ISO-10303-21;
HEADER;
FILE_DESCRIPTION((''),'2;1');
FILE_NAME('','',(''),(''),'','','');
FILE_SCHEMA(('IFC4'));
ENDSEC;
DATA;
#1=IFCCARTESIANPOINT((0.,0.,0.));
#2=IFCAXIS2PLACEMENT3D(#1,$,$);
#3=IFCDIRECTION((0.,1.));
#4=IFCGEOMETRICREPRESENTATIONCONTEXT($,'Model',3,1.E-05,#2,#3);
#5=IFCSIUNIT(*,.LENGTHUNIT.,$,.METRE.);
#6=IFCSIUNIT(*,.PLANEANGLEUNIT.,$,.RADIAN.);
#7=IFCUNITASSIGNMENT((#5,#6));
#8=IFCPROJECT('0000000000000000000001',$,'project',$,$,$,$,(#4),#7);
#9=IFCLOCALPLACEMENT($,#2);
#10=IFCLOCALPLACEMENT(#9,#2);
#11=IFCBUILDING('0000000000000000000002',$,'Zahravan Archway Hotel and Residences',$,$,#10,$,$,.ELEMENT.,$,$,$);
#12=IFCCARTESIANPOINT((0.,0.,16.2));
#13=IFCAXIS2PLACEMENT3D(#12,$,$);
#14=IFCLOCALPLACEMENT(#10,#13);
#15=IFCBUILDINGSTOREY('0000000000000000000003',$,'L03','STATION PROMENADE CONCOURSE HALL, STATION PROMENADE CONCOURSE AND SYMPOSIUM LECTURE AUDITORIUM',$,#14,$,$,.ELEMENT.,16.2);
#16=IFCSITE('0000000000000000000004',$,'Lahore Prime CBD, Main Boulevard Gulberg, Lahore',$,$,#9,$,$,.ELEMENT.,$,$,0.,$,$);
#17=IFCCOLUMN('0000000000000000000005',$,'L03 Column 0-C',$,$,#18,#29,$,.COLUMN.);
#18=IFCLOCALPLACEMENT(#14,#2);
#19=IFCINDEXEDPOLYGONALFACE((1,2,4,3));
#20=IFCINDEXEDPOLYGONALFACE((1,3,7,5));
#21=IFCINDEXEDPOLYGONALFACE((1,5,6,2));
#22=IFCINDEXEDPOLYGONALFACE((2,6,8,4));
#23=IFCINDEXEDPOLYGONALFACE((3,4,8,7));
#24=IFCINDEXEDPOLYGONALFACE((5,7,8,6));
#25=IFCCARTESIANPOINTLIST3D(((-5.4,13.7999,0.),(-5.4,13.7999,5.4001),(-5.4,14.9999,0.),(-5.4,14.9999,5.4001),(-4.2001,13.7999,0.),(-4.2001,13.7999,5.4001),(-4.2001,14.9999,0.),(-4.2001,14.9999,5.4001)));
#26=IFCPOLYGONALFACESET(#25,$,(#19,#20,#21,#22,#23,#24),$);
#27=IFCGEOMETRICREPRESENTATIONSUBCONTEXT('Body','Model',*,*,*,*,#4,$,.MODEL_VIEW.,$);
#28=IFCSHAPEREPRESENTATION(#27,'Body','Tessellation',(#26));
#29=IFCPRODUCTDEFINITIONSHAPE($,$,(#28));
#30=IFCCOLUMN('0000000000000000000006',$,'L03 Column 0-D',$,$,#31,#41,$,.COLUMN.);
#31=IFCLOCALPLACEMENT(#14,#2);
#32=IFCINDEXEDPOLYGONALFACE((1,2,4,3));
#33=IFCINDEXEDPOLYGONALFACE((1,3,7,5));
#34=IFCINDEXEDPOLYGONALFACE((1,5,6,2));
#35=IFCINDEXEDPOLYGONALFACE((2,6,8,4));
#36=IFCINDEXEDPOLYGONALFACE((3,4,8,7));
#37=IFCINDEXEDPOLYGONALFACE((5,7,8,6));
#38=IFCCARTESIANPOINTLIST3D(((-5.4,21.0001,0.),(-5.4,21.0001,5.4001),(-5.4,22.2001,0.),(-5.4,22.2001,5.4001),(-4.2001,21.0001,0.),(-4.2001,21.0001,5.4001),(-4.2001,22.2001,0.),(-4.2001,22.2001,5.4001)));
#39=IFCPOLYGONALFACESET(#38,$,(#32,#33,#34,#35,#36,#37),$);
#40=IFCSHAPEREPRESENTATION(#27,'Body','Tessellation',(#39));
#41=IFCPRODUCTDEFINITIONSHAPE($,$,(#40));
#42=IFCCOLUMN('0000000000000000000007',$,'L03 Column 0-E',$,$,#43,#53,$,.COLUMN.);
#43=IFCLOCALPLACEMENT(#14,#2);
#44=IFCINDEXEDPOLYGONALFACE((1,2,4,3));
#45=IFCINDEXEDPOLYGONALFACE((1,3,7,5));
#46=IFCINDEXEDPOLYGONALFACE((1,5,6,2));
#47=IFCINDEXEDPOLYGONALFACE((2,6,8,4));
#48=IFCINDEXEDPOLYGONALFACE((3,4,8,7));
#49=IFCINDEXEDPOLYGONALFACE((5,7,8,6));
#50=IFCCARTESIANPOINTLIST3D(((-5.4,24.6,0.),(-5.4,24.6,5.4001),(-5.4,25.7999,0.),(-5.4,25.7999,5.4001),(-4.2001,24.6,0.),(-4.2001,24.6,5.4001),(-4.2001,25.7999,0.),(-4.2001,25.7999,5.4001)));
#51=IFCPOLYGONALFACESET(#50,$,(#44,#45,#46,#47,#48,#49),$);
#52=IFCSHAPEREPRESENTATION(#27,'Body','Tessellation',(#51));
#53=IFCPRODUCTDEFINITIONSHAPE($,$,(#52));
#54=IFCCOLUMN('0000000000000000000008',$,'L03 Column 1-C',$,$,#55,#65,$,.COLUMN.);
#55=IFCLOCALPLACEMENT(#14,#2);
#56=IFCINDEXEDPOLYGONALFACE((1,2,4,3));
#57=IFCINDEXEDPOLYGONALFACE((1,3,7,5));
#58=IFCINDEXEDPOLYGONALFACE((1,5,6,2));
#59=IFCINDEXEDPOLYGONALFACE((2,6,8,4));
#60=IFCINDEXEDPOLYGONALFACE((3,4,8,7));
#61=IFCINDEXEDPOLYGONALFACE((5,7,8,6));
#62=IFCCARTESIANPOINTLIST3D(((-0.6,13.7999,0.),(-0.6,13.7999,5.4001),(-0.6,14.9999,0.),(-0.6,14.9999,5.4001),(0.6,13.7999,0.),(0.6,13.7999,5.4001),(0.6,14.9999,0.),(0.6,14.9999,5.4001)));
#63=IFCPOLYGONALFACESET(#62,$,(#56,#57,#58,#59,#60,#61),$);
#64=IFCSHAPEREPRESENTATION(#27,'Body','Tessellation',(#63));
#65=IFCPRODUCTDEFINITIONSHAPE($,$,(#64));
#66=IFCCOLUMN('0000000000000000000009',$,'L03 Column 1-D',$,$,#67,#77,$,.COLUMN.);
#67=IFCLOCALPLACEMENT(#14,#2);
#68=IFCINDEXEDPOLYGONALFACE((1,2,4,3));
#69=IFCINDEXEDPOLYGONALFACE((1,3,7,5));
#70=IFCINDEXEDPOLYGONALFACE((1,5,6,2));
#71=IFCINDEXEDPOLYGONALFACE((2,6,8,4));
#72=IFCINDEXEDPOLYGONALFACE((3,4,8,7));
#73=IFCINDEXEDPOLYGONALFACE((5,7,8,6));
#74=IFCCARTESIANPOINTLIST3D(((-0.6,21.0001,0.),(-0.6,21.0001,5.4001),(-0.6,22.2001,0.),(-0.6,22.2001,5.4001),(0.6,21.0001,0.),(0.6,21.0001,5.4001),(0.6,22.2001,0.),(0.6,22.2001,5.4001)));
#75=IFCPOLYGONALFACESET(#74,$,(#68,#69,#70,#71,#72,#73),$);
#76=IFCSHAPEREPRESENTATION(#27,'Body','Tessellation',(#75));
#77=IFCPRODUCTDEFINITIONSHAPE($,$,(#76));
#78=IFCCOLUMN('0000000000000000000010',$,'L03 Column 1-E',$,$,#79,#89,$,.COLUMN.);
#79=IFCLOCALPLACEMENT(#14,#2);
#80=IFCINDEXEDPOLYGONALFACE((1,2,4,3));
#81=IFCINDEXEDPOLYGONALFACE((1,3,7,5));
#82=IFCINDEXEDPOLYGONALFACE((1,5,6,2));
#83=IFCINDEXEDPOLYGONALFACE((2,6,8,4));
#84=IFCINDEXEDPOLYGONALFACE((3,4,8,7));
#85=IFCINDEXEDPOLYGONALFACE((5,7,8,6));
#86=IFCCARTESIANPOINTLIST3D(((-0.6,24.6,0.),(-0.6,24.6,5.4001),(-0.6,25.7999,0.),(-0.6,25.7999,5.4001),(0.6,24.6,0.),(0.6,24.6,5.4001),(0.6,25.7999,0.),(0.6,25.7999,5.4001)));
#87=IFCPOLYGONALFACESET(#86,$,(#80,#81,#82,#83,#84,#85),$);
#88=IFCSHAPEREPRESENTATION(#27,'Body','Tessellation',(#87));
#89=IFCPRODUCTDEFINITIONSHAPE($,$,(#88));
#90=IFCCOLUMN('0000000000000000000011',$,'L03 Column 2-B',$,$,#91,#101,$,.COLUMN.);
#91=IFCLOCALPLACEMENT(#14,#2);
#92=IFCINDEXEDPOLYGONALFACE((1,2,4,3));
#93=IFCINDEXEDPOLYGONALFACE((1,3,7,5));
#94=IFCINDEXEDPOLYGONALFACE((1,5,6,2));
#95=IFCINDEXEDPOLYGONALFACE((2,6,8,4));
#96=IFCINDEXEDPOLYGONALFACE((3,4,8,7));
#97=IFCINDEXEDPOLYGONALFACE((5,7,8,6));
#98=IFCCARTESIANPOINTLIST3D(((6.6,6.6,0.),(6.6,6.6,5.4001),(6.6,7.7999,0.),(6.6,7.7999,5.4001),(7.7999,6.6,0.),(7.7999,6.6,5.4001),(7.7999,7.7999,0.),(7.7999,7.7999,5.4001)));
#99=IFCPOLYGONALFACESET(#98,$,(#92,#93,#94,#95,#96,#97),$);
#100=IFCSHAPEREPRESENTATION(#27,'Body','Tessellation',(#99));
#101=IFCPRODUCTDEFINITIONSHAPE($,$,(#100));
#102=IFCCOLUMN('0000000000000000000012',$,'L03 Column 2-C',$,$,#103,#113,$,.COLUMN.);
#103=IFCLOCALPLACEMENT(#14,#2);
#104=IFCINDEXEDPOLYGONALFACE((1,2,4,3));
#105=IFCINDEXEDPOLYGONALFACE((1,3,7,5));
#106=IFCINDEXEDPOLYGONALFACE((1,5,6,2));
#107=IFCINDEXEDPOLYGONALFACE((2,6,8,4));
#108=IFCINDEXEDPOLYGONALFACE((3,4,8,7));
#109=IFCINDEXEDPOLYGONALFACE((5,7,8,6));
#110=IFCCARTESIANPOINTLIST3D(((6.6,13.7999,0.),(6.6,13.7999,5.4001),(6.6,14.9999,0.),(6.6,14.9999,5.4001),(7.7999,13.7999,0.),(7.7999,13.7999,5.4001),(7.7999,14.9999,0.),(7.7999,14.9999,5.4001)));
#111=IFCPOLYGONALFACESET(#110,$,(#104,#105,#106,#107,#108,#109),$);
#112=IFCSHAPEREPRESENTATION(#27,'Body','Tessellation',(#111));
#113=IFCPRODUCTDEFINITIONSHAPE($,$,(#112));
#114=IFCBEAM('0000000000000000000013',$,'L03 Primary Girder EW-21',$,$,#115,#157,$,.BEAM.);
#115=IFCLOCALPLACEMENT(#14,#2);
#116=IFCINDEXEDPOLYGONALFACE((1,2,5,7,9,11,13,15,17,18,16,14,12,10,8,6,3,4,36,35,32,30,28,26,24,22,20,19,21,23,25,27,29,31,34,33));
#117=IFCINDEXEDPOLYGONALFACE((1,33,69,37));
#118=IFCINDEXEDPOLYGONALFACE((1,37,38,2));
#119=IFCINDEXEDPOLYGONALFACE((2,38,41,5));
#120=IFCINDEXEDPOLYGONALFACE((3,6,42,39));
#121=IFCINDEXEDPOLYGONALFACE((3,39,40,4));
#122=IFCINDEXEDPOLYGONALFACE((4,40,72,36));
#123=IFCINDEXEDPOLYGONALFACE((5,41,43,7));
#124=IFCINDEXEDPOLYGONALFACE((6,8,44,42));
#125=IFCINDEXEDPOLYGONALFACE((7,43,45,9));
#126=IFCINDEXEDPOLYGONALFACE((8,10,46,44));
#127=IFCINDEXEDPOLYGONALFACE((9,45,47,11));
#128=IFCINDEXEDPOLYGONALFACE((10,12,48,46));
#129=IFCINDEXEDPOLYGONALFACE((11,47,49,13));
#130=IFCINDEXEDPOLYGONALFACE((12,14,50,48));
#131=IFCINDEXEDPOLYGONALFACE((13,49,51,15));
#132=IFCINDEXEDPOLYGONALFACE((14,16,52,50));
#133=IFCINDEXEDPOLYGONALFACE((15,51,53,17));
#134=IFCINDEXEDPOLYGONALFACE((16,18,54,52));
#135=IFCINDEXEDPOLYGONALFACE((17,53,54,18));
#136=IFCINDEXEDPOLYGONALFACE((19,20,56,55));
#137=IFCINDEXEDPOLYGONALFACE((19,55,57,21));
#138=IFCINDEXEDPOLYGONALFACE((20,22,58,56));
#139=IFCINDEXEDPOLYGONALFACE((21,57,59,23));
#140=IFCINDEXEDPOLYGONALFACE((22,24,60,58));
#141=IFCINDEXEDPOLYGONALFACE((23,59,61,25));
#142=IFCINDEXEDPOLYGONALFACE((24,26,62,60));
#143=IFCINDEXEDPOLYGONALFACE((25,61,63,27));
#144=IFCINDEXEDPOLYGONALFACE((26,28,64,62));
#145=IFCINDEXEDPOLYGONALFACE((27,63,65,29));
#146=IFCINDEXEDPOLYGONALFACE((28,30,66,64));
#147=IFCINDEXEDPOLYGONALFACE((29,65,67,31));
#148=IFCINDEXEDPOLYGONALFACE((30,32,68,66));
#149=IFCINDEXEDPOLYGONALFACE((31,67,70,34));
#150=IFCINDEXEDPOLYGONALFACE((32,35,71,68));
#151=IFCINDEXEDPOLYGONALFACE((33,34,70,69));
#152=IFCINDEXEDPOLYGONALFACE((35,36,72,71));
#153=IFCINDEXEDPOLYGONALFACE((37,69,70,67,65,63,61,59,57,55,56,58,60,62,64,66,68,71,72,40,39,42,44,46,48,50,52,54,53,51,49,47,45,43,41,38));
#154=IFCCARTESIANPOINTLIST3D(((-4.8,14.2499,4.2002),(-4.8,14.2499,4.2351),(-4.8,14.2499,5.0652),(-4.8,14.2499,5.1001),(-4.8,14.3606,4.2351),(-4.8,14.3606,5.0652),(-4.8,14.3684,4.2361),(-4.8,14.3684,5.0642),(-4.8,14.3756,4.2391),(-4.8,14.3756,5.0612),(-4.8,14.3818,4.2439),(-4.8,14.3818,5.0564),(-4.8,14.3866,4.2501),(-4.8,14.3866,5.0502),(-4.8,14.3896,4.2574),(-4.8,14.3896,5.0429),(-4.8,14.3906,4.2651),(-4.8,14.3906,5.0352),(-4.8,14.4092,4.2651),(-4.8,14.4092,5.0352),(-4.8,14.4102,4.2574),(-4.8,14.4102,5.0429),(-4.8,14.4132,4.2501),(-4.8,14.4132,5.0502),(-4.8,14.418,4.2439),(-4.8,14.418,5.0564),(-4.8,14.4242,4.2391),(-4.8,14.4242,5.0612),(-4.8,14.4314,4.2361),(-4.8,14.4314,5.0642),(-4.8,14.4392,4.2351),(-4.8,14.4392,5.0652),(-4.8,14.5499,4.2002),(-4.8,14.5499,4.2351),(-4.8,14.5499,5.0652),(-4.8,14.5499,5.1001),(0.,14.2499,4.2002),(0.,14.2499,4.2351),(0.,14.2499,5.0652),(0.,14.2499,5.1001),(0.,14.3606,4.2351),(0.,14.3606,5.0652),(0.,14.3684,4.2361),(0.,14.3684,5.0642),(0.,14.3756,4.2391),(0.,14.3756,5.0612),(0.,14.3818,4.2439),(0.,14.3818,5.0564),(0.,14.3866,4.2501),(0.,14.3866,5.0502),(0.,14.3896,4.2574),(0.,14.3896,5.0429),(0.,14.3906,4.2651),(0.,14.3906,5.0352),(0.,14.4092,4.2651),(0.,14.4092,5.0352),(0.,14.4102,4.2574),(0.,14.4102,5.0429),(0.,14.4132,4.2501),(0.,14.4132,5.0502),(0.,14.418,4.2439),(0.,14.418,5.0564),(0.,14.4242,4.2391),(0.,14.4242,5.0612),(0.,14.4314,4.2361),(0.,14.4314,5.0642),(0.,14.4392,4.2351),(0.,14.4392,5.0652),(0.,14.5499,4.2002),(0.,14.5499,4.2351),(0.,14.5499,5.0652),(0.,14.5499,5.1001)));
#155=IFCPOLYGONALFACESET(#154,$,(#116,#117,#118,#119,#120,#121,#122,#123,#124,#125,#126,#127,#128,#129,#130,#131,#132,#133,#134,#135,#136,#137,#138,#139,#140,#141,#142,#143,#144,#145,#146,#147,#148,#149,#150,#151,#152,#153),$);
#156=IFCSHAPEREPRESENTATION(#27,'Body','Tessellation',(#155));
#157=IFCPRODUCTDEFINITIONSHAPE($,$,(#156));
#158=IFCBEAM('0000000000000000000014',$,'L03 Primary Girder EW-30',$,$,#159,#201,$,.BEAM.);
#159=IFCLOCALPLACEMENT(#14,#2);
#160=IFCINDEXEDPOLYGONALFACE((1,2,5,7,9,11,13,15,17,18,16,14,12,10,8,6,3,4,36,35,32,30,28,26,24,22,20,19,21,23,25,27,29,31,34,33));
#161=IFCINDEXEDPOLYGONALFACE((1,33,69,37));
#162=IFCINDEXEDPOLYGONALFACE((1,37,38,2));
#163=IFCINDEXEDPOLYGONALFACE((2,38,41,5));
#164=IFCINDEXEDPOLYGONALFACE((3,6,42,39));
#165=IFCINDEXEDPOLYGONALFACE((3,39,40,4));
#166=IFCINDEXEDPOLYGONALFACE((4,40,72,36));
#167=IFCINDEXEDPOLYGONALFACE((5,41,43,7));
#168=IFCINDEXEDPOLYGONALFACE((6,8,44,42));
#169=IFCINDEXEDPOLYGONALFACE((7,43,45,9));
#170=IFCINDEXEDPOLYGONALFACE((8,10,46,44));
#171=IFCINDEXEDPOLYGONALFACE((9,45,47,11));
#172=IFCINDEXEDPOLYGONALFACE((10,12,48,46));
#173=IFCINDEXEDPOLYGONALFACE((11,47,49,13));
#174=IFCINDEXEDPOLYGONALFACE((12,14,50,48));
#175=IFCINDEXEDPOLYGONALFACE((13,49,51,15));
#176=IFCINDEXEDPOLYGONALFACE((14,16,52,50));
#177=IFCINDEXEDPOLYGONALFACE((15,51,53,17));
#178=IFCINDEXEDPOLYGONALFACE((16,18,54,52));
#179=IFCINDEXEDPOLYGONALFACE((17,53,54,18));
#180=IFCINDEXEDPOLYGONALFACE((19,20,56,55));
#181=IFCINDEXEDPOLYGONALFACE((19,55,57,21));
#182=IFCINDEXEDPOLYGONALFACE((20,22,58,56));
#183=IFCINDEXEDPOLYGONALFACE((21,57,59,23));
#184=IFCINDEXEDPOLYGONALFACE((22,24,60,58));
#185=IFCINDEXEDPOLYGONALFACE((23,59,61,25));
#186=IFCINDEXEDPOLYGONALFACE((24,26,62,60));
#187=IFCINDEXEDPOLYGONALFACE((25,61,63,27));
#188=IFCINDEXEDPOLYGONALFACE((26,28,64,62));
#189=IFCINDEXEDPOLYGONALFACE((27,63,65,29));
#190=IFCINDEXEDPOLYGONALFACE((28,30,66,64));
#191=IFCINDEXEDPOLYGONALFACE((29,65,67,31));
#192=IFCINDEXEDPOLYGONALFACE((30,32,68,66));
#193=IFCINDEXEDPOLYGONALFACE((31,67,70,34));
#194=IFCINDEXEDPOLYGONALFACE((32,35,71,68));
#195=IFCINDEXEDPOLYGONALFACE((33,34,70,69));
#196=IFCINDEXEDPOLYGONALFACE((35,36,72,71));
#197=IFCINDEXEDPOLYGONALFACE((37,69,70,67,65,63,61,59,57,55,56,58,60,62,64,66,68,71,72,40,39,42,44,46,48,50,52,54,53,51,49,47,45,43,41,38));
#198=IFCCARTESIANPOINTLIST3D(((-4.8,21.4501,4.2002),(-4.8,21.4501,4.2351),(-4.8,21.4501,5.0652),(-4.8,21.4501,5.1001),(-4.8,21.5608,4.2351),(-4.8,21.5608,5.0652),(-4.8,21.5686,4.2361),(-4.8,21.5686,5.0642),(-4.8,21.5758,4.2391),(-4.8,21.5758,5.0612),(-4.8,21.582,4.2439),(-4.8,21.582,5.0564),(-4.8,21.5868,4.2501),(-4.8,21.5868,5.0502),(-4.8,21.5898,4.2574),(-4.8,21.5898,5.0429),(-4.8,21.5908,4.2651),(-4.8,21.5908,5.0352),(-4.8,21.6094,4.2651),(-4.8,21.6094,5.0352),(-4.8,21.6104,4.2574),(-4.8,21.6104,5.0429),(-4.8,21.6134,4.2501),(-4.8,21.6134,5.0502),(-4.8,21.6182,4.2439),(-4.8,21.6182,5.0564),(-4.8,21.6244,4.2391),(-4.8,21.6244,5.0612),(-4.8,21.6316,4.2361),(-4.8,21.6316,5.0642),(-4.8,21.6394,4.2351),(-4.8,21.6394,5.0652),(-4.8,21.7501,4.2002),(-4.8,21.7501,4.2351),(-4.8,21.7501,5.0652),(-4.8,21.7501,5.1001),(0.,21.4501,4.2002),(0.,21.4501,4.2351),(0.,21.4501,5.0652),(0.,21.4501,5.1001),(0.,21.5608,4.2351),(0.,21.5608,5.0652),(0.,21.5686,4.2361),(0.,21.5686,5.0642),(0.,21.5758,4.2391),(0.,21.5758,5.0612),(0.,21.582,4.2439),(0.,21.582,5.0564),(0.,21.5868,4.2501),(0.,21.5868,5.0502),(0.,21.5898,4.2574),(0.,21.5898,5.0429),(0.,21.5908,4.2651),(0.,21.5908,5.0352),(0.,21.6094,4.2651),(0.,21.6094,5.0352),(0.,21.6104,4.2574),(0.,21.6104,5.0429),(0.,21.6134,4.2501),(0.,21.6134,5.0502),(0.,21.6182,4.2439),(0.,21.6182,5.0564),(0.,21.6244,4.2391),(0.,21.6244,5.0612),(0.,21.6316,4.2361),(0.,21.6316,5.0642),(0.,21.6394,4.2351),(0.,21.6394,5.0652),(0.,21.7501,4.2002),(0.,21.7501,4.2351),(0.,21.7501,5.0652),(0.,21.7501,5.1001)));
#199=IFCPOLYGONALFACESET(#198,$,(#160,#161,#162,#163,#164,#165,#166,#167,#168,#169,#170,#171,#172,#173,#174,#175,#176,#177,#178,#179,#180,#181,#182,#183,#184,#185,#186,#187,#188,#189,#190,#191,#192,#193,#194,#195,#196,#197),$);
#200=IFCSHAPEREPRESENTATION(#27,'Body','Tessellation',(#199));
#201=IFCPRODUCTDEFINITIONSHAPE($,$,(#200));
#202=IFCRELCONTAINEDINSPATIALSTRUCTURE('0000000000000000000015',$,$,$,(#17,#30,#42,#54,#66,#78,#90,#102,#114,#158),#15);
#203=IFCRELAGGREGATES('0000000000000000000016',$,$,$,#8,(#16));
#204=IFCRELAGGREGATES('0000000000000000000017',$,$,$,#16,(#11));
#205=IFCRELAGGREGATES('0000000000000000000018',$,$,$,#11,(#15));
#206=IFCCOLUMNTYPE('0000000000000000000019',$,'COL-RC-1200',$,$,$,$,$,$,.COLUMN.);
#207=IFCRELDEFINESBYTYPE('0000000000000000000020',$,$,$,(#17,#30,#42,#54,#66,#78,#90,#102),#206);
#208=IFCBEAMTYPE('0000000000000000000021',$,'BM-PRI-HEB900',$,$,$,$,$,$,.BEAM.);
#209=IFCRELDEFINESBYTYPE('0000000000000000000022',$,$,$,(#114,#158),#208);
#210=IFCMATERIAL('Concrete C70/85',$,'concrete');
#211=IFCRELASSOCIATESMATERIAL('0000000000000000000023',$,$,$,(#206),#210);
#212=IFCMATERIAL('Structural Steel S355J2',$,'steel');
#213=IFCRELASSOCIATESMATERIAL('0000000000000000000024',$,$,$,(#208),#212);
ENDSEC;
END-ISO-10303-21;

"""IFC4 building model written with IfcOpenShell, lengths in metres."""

from ifc_helpers import new_model, si_unit, direction, frame, origin, origin_2d, place, context, subcontext, project, spatial, rectangle, i_section, extrude, source, transform, mapped, material, material_profile, profile_set, type_object, type_shapes, element, save


model = new_model("IFC4")

# Units and contexts
model_context = context("Model", 3, precision=1e-05, world=origin(), true_north=direction((0.0, 1.0)))
body_context = subcontext(model_context, "Body", "Model", "MODEL_VIEW")
ifc_project = project(units=[si_unit("LENGTHUNIT", "METRE"), si_unit("PLANEANGLEUNIT", "RADIAN")], contexts=[model_context])

# Site, building, storey
site_placement = place(None, origin())
site = spatial("IfcSite", under=ifc_project, at=site_placement, Name="Lahore Prime CBD, Main Boulevard Gulberg, Lahore", CompositionType="ELEMENT", RefElevation=0.0)
building_placement = place(site_placement, origin())
building = spatial("IfcBuilding", under=site, at=building_placement, Name="Zahravan Archway Hotel and Residences", CompositionType="ELEMENT")
storey_placement = place(building_placement, frame((0.0, 0.0, 16.2)))
storey = spatial("IfcBuildingStorey", under=building, at=storey_placement, Name="L03", Description="STATION PROMENADE CONCOURSE HALL, STATION PROMENADE CONCOURSE AND SYMPOSIUM LECTURE AUDITORIUM", CompositionType="ELEMENT", Elevation=16.2)

# Columns
ifc_material_1 = material(Name="Concrete C70/85", Category="concrete")
ifc_material_profile_1 = material_profile(ifc_material_1, rectangle(XDim=1.2, YDim=1.2, at=origin_2d()), Name="RC-COL-1200x1200", Category="concrete")
ifc_profile_set_1 = profile_set([ifc_material_profile_1], Name="Concrete C70/85")
column_type = type_object("IfcColumnType", Name="COL-RC-1200", PredefinedType="COLUMN", material=ifc_profile_set_1)
shared_shape_1 = source(origin(), body_context, "Body", "SweptSolid", [
    extrude(rectangle(XDim=1.2, YDim=1.2, at=origin_2d()), origin(), (0.0, 0.0, 1.0), 5.4001),
])
for number, where, z_axis, x_axis, name in (
    (1, (-4.8, 14.3999, 0.0), (0.0, 0.0, 1.0), (1.0, 0.0, 0.0), "L03 Column 0-C"),
    (2, (-4.8, 21.6001, 0.0), (0.0, 0.0, 1.0), (1.0, 0.0, 0.0), "L03 Column 0-D"),
    (3, (-4.8, 25.2, 0.0), (0.0, 0.0, 1.0), (1.0, 0.0, 0.0), "L03 Column 0-E"),
    (4, (0.0, 14.3999, 0.0), (0.0, 0.0, 1.0), (1.0, 0.0, 0.0), "L03 Column 1-C"),
    (5, (0.0, 21.6001, 0.0), (0.0, 0.0, 1.0), (1.0, 0.0, 0.0), "L03 Column 1-D"),
    (6, (0.0, 25.2, 0.0), (0.0, 0.0, 1.0), (1.0, 0.0, 0.0), "L03 Column 1-E"),
    (7, (7.2, 7.2, 0.0), (0.0, 0.0, 1.0), (1.0, 0.0, 0.0), "L03 Column 2-B"),
    (8, (7.2, 14.3999, 0.0), (0.0, 0.0, 1.0), (1.0, 0.0, 0.0), "L03 Column 2-C"),
):
    element("IfcColumn", number, at=place(storey_placement, frame(where, z_axis=z_axis, x_axis=x_axis)), inside=storey, type_object=column_type, Name=name, PredefinedType="COLUMN", context=body_context, shape_type="MappedRepresentation", body=[
        mapped(shared_shape_1, transform((0.0, 0.0, 0.0), scale=1.0)),
    ])

# Beams
ifc_material_2 = material(Name="Structural Steel S355J2", Category="steel")
ifc_material_profile_2 = material_profile(ifc_material_2, i_section(OverallWidth=0.3, OverallDepth=0.8999, WebThickness=0.0186, FlangeThickness=0.0349, FilletRadius=0.03, at=origin_2d()), Name="HEB 900", Category="steel")
ifc_profile_set_2 = profile_set([ifc_material_profile_2], Name="Structural Steel S355J2")
beam_type_1 = type_object("IfcBeamType", Name="BM-PRI-HEB900", PredefinedType="BEAM", material=ifc_profile_set_2)
shared_shape_2 = source(origin(), body_context, "Body", "SweptSolid", [
    extrude(i_section(OverallWidth=0.3, OverallDepth=0.8999, WebThickness=0.0186, FlangeThickness=0.0349, FilletRadius=0.03, at=origin_2d()), origin(), (0.0, 0.0, 1.0), 4.8),
])
type_shapes(beam_type_1, [shared_shape_2])
for number, where, z_axis, x_axis, name in (
    (9, (-4.8, 14.3999, 4.6501), (1.0, 0.0, 0.0), (0.0, 1.0, 0.0), "L03 Primary Girder EW-21"),
    (10, (-4.8, 21.6001, 4.6501), (1.0, 0.0, 0.0), (0.0, 1.0, 0.0), "L03 Primary Girder EW-30"),
):
    element("IfcBeam", number, at=place(storey_placement, frame(where, z_axis=z_axis, x_axis=x_axis)), inside=storey, type_object=beam_type_1, Name=name, PredefinedType="BEAM", context=body_context, shape_type="MappedRepresentation", body=[
        mapped(shared_shape_2, transform((0.0, 0.0, 0.0), scale=1.0)),
    ])

save(model, "model.ifc")
